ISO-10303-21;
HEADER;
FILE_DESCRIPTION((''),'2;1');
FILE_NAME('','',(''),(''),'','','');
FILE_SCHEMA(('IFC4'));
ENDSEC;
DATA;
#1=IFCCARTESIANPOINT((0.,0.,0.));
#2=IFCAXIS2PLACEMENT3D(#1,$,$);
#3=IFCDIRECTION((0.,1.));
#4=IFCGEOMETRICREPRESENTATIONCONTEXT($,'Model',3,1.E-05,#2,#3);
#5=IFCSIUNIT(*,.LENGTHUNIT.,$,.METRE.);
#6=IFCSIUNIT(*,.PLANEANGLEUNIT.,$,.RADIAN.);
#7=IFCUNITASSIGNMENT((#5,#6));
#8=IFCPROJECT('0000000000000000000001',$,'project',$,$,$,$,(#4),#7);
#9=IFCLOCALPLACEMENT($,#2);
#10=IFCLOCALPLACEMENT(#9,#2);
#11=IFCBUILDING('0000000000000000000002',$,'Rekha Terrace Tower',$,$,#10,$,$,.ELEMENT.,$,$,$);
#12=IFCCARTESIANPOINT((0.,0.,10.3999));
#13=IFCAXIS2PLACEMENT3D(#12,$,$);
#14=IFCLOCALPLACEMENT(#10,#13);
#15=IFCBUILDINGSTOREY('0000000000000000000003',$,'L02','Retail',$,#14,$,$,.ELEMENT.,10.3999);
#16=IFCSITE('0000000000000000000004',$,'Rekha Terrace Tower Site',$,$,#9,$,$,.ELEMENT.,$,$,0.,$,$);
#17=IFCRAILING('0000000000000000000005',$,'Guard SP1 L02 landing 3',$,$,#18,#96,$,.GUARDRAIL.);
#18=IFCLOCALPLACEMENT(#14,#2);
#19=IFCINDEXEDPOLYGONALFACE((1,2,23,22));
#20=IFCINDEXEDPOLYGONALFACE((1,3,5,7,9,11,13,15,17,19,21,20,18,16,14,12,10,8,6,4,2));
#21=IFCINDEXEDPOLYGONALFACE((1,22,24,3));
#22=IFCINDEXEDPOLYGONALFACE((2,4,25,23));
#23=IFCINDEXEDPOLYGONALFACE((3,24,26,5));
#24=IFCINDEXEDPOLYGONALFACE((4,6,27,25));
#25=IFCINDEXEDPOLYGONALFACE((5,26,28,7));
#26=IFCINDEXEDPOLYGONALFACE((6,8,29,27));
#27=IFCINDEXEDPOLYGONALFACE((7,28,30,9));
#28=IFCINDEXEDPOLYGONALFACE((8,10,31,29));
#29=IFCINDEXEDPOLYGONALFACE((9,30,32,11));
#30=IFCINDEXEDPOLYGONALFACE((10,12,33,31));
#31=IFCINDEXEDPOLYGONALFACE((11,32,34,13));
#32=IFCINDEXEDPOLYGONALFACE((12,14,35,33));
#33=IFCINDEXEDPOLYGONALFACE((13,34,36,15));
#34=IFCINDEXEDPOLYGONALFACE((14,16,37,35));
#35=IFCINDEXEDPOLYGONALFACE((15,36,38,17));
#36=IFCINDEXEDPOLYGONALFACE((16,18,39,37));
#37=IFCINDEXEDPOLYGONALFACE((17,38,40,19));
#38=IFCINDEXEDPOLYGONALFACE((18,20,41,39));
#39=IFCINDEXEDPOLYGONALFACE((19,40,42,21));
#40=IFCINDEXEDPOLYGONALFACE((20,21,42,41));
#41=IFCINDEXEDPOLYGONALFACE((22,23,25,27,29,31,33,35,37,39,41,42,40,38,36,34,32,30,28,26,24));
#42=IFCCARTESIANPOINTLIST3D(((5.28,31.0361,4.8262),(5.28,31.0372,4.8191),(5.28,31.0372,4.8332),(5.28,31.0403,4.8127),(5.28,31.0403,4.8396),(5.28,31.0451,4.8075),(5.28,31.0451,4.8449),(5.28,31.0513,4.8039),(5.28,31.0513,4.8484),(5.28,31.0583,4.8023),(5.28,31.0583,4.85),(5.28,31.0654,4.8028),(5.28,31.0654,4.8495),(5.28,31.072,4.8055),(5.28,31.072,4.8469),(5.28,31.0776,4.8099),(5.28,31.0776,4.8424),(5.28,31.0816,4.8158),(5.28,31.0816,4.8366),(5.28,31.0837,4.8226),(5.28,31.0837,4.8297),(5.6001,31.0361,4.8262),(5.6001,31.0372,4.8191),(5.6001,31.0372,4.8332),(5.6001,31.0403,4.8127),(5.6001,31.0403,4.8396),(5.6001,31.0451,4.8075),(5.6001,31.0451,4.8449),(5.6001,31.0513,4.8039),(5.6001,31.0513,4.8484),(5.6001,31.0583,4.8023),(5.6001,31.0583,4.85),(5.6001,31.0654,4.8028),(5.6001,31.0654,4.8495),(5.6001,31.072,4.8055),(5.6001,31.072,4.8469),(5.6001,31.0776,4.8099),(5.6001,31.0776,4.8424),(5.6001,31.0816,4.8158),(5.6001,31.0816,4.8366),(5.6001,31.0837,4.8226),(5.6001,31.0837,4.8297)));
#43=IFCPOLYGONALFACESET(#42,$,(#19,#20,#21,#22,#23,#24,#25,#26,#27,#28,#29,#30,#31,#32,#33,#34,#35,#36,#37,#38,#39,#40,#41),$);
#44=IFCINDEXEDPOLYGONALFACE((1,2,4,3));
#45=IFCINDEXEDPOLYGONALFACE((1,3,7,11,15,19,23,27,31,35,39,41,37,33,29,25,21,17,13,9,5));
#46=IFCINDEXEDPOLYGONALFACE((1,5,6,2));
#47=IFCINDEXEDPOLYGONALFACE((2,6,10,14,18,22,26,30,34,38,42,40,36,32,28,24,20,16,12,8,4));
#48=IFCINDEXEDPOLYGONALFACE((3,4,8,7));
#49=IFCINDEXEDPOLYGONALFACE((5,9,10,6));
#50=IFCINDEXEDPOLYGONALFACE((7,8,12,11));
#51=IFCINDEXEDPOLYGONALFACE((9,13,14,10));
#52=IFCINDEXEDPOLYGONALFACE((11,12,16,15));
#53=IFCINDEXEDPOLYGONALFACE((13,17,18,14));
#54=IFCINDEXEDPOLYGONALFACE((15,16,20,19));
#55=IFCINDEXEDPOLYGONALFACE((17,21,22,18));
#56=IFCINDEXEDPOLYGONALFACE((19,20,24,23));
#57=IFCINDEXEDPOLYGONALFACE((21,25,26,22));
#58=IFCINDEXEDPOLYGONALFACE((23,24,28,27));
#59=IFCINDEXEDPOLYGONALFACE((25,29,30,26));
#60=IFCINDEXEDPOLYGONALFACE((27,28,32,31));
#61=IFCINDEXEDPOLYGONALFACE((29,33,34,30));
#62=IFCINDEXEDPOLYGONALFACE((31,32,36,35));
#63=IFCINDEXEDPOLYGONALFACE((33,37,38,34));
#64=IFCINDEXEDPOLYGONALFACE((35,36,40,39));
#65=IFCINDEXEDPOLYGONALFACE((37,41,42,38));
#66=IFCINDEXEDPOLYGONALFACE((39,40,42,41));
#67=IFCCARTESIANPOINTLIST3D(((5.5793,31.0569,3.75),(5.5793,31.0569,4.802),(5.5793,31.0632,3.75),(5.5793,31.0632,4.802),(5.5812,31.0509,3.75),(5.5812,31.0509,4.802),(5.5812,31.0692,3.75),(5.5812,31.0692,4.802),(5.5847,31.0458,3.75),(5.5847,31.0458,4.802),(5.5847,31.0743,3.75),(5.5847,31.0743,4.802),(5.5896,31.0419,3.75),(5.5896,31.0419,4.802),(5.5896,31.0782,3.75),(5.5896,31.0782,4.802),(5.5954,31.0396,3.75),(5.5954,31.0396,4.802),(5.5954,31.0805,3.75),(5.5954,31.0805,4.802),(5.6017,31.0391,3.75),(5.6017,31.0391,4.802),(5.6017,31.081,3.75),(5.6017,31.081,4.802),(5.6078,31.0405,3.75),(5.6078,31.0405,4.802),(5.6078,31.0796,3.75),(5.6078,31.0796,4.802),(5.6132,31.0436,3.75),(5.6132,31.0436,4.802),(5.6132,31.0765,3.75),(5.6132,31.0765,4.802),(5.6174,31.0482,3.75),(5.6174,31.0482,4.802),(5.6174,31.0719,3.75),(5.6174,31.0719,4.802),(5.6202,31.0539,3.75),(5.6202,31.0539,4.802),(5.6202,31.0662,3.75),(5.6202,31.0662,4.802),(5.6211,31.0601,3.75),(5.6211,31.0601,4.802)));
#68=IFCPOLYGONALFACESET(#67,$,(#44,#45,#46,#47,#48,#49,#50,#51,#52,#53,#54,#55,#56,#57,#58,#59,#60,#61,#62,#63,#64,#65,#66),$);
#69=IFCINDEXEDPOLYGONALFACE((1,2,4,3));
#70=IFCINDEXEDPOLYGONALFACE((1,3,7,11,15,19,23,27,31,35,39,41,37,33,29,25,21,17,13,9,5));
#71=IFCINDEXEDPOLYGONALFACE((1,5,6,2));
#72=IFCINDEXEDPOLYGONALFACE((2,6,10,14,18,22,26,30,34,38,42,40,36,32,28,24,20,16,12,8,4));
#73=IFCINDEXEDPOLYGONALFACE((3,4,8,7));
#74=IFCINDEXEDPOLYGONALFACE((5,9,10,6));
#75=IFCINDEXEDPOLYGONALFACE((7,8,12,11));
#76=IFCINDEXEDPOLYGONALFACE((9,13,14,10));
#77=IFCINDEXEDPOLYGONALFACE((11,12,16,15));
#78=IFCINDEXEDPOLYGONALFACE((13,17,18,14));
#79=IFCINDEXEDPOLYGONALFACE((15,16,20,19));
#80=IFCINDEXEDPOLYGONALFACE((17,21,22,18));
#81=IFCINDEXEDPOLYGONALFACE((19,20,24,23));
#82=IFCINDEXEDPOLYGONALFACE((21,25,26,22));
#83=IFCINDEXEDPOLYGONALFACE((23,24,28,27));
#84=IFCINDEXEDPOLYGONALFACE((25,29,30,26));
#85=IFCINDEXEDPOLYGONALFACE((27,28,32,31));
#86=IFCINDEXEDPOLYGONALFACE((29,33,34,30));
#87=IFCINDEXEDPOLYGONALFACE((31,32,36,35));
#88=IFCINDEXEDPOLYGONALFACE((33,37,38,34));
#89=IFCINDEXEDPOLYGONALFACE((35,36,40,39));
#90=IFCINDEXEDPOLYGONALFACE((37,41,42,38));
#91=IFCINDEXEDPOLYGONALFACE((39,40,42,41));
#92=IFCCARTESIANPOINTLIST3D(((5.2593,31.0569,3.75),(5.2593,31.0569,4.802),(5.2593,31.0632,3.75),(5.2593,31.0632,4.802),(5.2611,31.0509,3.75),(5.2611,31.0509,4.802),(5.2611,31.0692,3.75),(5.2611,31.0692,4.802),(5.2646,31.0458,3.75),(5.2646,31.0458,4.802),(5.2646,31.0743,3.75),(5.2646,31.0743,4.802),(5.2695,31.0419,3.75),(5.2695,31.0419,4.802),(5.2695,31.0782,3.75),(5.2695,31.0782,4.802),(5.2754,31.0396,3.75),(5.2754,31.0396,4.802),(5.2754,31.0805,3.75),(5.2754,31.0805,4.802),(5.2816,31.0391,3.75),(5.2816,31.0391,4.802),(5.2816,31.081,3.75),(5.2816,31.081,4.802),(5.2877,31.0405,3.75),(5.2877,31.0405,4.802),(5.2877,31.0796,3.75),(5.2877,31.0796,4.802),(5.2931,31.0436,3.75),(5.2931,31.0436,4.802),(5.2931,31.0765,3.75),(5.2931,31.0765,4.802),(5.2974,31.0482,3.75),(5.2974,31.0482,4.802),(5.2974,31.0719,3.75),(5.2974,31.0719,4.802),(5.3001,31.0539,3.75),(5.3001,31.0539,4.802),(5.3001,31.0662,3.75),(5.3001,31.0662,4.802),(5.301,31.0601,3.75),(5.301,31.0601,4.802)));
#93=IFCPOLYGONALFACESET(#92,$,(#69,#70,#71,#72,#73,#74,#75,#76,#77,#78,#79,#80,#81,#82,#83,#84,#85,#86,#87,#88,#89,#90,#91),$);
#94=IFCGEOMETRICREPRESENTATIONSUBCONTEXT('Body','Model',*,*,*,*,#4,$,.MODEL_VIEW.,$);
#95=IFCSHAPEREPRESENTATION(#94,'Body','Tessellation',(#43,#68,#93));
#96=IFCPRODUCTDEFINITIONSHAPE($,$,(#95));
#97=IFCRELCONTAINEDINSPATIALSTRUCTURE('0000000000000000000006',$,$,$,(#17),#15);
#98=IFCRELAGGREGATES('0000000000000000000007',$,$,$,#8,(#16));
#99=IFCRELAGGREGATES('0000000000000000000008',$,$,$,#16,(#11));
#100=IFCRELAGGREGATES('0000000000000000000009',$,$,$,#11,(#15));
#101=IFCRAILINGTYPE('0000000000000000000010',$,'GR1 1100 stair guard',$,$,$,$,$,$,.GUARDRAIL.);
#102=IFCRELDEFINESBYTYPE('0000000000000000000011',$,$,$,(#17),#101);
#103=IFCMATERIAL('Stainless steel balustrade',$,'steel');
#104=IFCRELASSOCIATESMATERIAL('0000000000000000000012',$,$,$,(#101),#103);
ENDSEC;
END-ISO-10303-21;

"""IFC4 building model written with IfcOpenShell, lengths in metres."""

from ifc_helpers import new_model, si_unit, direction, frame, origin, origin_2d, place, context, subcontext, project, spatial, circle, extrude, material, type_object, element, save


model = new_model("IFC4")

# Units and contexts
model_context = context("Model", 3, precision=1e-05, world=origin(), true_north=direction((0.0, 1.0)))
body_context = subcontext(model_context, "Body", "Model", "MODEL_VIEW")
ifc_project = project(units=[si_unit("LENGTHUNIT", "METRE"), si_unit("PLANEANGLEUNIT", "RADIAN")], contexts=[model_context])

# Site, building, storey
site_placement = place(None, origin())
site = spatial("IfcSite", under=ifc_project, at=site_placement, Name="Rekha Terrace Tower Site", CompositionType="ELEMENT", RefElevation=0.0)
building_placement = place(site_placement, origin())
building = spatial("IfcBuilding", under=site, at=building_placement, Name="Rekha Terrace Tower", CompositionType="ELEMENT")
storey_placement = place(building_placement, frame((0.0, 0.0, 10.3999)))
storey = spatial("IfcBuildingStorey", under=building, at=storey_placement, Name="L02", Description="Retail", CompositionType="ELEMENT", Elevation=10.3999)

# Railing
ifc_material_1 = material(Name="Stainless steel balustrade", Category="steel")
railing_type_1 = type_object("IfcRailingType", Name="GR1 1100 stair guard", PredefinedType="GUARDRAIL", material=ifc_material_1)
railing_1_placement = place(storey_placement, frame((5.6001, 31.0601, 3.75)))
element("IfcRailing", 1, at=railing_1_placement, inside=storey, type_object=railing_type_1, Name="Guard SP1 L02 landing 3", PredefinedType="GUARDRAIL", context=body_context, shape_type="SweptSolid", body=[
    extrude(circle(Radius=0.0239, at=origin_2d()), frame((0.0, 0.0, 1.0762), z_axis=(-1.0, 0.0, 0.0), x_axis=(0.0, -1.0, 0.0)), (0.0, 0.0, 1.0), 0.3201),
    extrude(circle(Radius=0.021, at=origin_2d()), origin(), (0.0, 0.0, 1.0), 1.052),
    extrude(circle(Radius=0.021, at=origin_2d()), frame((-0.3201, 0.0, 0.0)), (0.0, 0.0, 1.0), 1.052),
])

save(model, "model.ifc")
